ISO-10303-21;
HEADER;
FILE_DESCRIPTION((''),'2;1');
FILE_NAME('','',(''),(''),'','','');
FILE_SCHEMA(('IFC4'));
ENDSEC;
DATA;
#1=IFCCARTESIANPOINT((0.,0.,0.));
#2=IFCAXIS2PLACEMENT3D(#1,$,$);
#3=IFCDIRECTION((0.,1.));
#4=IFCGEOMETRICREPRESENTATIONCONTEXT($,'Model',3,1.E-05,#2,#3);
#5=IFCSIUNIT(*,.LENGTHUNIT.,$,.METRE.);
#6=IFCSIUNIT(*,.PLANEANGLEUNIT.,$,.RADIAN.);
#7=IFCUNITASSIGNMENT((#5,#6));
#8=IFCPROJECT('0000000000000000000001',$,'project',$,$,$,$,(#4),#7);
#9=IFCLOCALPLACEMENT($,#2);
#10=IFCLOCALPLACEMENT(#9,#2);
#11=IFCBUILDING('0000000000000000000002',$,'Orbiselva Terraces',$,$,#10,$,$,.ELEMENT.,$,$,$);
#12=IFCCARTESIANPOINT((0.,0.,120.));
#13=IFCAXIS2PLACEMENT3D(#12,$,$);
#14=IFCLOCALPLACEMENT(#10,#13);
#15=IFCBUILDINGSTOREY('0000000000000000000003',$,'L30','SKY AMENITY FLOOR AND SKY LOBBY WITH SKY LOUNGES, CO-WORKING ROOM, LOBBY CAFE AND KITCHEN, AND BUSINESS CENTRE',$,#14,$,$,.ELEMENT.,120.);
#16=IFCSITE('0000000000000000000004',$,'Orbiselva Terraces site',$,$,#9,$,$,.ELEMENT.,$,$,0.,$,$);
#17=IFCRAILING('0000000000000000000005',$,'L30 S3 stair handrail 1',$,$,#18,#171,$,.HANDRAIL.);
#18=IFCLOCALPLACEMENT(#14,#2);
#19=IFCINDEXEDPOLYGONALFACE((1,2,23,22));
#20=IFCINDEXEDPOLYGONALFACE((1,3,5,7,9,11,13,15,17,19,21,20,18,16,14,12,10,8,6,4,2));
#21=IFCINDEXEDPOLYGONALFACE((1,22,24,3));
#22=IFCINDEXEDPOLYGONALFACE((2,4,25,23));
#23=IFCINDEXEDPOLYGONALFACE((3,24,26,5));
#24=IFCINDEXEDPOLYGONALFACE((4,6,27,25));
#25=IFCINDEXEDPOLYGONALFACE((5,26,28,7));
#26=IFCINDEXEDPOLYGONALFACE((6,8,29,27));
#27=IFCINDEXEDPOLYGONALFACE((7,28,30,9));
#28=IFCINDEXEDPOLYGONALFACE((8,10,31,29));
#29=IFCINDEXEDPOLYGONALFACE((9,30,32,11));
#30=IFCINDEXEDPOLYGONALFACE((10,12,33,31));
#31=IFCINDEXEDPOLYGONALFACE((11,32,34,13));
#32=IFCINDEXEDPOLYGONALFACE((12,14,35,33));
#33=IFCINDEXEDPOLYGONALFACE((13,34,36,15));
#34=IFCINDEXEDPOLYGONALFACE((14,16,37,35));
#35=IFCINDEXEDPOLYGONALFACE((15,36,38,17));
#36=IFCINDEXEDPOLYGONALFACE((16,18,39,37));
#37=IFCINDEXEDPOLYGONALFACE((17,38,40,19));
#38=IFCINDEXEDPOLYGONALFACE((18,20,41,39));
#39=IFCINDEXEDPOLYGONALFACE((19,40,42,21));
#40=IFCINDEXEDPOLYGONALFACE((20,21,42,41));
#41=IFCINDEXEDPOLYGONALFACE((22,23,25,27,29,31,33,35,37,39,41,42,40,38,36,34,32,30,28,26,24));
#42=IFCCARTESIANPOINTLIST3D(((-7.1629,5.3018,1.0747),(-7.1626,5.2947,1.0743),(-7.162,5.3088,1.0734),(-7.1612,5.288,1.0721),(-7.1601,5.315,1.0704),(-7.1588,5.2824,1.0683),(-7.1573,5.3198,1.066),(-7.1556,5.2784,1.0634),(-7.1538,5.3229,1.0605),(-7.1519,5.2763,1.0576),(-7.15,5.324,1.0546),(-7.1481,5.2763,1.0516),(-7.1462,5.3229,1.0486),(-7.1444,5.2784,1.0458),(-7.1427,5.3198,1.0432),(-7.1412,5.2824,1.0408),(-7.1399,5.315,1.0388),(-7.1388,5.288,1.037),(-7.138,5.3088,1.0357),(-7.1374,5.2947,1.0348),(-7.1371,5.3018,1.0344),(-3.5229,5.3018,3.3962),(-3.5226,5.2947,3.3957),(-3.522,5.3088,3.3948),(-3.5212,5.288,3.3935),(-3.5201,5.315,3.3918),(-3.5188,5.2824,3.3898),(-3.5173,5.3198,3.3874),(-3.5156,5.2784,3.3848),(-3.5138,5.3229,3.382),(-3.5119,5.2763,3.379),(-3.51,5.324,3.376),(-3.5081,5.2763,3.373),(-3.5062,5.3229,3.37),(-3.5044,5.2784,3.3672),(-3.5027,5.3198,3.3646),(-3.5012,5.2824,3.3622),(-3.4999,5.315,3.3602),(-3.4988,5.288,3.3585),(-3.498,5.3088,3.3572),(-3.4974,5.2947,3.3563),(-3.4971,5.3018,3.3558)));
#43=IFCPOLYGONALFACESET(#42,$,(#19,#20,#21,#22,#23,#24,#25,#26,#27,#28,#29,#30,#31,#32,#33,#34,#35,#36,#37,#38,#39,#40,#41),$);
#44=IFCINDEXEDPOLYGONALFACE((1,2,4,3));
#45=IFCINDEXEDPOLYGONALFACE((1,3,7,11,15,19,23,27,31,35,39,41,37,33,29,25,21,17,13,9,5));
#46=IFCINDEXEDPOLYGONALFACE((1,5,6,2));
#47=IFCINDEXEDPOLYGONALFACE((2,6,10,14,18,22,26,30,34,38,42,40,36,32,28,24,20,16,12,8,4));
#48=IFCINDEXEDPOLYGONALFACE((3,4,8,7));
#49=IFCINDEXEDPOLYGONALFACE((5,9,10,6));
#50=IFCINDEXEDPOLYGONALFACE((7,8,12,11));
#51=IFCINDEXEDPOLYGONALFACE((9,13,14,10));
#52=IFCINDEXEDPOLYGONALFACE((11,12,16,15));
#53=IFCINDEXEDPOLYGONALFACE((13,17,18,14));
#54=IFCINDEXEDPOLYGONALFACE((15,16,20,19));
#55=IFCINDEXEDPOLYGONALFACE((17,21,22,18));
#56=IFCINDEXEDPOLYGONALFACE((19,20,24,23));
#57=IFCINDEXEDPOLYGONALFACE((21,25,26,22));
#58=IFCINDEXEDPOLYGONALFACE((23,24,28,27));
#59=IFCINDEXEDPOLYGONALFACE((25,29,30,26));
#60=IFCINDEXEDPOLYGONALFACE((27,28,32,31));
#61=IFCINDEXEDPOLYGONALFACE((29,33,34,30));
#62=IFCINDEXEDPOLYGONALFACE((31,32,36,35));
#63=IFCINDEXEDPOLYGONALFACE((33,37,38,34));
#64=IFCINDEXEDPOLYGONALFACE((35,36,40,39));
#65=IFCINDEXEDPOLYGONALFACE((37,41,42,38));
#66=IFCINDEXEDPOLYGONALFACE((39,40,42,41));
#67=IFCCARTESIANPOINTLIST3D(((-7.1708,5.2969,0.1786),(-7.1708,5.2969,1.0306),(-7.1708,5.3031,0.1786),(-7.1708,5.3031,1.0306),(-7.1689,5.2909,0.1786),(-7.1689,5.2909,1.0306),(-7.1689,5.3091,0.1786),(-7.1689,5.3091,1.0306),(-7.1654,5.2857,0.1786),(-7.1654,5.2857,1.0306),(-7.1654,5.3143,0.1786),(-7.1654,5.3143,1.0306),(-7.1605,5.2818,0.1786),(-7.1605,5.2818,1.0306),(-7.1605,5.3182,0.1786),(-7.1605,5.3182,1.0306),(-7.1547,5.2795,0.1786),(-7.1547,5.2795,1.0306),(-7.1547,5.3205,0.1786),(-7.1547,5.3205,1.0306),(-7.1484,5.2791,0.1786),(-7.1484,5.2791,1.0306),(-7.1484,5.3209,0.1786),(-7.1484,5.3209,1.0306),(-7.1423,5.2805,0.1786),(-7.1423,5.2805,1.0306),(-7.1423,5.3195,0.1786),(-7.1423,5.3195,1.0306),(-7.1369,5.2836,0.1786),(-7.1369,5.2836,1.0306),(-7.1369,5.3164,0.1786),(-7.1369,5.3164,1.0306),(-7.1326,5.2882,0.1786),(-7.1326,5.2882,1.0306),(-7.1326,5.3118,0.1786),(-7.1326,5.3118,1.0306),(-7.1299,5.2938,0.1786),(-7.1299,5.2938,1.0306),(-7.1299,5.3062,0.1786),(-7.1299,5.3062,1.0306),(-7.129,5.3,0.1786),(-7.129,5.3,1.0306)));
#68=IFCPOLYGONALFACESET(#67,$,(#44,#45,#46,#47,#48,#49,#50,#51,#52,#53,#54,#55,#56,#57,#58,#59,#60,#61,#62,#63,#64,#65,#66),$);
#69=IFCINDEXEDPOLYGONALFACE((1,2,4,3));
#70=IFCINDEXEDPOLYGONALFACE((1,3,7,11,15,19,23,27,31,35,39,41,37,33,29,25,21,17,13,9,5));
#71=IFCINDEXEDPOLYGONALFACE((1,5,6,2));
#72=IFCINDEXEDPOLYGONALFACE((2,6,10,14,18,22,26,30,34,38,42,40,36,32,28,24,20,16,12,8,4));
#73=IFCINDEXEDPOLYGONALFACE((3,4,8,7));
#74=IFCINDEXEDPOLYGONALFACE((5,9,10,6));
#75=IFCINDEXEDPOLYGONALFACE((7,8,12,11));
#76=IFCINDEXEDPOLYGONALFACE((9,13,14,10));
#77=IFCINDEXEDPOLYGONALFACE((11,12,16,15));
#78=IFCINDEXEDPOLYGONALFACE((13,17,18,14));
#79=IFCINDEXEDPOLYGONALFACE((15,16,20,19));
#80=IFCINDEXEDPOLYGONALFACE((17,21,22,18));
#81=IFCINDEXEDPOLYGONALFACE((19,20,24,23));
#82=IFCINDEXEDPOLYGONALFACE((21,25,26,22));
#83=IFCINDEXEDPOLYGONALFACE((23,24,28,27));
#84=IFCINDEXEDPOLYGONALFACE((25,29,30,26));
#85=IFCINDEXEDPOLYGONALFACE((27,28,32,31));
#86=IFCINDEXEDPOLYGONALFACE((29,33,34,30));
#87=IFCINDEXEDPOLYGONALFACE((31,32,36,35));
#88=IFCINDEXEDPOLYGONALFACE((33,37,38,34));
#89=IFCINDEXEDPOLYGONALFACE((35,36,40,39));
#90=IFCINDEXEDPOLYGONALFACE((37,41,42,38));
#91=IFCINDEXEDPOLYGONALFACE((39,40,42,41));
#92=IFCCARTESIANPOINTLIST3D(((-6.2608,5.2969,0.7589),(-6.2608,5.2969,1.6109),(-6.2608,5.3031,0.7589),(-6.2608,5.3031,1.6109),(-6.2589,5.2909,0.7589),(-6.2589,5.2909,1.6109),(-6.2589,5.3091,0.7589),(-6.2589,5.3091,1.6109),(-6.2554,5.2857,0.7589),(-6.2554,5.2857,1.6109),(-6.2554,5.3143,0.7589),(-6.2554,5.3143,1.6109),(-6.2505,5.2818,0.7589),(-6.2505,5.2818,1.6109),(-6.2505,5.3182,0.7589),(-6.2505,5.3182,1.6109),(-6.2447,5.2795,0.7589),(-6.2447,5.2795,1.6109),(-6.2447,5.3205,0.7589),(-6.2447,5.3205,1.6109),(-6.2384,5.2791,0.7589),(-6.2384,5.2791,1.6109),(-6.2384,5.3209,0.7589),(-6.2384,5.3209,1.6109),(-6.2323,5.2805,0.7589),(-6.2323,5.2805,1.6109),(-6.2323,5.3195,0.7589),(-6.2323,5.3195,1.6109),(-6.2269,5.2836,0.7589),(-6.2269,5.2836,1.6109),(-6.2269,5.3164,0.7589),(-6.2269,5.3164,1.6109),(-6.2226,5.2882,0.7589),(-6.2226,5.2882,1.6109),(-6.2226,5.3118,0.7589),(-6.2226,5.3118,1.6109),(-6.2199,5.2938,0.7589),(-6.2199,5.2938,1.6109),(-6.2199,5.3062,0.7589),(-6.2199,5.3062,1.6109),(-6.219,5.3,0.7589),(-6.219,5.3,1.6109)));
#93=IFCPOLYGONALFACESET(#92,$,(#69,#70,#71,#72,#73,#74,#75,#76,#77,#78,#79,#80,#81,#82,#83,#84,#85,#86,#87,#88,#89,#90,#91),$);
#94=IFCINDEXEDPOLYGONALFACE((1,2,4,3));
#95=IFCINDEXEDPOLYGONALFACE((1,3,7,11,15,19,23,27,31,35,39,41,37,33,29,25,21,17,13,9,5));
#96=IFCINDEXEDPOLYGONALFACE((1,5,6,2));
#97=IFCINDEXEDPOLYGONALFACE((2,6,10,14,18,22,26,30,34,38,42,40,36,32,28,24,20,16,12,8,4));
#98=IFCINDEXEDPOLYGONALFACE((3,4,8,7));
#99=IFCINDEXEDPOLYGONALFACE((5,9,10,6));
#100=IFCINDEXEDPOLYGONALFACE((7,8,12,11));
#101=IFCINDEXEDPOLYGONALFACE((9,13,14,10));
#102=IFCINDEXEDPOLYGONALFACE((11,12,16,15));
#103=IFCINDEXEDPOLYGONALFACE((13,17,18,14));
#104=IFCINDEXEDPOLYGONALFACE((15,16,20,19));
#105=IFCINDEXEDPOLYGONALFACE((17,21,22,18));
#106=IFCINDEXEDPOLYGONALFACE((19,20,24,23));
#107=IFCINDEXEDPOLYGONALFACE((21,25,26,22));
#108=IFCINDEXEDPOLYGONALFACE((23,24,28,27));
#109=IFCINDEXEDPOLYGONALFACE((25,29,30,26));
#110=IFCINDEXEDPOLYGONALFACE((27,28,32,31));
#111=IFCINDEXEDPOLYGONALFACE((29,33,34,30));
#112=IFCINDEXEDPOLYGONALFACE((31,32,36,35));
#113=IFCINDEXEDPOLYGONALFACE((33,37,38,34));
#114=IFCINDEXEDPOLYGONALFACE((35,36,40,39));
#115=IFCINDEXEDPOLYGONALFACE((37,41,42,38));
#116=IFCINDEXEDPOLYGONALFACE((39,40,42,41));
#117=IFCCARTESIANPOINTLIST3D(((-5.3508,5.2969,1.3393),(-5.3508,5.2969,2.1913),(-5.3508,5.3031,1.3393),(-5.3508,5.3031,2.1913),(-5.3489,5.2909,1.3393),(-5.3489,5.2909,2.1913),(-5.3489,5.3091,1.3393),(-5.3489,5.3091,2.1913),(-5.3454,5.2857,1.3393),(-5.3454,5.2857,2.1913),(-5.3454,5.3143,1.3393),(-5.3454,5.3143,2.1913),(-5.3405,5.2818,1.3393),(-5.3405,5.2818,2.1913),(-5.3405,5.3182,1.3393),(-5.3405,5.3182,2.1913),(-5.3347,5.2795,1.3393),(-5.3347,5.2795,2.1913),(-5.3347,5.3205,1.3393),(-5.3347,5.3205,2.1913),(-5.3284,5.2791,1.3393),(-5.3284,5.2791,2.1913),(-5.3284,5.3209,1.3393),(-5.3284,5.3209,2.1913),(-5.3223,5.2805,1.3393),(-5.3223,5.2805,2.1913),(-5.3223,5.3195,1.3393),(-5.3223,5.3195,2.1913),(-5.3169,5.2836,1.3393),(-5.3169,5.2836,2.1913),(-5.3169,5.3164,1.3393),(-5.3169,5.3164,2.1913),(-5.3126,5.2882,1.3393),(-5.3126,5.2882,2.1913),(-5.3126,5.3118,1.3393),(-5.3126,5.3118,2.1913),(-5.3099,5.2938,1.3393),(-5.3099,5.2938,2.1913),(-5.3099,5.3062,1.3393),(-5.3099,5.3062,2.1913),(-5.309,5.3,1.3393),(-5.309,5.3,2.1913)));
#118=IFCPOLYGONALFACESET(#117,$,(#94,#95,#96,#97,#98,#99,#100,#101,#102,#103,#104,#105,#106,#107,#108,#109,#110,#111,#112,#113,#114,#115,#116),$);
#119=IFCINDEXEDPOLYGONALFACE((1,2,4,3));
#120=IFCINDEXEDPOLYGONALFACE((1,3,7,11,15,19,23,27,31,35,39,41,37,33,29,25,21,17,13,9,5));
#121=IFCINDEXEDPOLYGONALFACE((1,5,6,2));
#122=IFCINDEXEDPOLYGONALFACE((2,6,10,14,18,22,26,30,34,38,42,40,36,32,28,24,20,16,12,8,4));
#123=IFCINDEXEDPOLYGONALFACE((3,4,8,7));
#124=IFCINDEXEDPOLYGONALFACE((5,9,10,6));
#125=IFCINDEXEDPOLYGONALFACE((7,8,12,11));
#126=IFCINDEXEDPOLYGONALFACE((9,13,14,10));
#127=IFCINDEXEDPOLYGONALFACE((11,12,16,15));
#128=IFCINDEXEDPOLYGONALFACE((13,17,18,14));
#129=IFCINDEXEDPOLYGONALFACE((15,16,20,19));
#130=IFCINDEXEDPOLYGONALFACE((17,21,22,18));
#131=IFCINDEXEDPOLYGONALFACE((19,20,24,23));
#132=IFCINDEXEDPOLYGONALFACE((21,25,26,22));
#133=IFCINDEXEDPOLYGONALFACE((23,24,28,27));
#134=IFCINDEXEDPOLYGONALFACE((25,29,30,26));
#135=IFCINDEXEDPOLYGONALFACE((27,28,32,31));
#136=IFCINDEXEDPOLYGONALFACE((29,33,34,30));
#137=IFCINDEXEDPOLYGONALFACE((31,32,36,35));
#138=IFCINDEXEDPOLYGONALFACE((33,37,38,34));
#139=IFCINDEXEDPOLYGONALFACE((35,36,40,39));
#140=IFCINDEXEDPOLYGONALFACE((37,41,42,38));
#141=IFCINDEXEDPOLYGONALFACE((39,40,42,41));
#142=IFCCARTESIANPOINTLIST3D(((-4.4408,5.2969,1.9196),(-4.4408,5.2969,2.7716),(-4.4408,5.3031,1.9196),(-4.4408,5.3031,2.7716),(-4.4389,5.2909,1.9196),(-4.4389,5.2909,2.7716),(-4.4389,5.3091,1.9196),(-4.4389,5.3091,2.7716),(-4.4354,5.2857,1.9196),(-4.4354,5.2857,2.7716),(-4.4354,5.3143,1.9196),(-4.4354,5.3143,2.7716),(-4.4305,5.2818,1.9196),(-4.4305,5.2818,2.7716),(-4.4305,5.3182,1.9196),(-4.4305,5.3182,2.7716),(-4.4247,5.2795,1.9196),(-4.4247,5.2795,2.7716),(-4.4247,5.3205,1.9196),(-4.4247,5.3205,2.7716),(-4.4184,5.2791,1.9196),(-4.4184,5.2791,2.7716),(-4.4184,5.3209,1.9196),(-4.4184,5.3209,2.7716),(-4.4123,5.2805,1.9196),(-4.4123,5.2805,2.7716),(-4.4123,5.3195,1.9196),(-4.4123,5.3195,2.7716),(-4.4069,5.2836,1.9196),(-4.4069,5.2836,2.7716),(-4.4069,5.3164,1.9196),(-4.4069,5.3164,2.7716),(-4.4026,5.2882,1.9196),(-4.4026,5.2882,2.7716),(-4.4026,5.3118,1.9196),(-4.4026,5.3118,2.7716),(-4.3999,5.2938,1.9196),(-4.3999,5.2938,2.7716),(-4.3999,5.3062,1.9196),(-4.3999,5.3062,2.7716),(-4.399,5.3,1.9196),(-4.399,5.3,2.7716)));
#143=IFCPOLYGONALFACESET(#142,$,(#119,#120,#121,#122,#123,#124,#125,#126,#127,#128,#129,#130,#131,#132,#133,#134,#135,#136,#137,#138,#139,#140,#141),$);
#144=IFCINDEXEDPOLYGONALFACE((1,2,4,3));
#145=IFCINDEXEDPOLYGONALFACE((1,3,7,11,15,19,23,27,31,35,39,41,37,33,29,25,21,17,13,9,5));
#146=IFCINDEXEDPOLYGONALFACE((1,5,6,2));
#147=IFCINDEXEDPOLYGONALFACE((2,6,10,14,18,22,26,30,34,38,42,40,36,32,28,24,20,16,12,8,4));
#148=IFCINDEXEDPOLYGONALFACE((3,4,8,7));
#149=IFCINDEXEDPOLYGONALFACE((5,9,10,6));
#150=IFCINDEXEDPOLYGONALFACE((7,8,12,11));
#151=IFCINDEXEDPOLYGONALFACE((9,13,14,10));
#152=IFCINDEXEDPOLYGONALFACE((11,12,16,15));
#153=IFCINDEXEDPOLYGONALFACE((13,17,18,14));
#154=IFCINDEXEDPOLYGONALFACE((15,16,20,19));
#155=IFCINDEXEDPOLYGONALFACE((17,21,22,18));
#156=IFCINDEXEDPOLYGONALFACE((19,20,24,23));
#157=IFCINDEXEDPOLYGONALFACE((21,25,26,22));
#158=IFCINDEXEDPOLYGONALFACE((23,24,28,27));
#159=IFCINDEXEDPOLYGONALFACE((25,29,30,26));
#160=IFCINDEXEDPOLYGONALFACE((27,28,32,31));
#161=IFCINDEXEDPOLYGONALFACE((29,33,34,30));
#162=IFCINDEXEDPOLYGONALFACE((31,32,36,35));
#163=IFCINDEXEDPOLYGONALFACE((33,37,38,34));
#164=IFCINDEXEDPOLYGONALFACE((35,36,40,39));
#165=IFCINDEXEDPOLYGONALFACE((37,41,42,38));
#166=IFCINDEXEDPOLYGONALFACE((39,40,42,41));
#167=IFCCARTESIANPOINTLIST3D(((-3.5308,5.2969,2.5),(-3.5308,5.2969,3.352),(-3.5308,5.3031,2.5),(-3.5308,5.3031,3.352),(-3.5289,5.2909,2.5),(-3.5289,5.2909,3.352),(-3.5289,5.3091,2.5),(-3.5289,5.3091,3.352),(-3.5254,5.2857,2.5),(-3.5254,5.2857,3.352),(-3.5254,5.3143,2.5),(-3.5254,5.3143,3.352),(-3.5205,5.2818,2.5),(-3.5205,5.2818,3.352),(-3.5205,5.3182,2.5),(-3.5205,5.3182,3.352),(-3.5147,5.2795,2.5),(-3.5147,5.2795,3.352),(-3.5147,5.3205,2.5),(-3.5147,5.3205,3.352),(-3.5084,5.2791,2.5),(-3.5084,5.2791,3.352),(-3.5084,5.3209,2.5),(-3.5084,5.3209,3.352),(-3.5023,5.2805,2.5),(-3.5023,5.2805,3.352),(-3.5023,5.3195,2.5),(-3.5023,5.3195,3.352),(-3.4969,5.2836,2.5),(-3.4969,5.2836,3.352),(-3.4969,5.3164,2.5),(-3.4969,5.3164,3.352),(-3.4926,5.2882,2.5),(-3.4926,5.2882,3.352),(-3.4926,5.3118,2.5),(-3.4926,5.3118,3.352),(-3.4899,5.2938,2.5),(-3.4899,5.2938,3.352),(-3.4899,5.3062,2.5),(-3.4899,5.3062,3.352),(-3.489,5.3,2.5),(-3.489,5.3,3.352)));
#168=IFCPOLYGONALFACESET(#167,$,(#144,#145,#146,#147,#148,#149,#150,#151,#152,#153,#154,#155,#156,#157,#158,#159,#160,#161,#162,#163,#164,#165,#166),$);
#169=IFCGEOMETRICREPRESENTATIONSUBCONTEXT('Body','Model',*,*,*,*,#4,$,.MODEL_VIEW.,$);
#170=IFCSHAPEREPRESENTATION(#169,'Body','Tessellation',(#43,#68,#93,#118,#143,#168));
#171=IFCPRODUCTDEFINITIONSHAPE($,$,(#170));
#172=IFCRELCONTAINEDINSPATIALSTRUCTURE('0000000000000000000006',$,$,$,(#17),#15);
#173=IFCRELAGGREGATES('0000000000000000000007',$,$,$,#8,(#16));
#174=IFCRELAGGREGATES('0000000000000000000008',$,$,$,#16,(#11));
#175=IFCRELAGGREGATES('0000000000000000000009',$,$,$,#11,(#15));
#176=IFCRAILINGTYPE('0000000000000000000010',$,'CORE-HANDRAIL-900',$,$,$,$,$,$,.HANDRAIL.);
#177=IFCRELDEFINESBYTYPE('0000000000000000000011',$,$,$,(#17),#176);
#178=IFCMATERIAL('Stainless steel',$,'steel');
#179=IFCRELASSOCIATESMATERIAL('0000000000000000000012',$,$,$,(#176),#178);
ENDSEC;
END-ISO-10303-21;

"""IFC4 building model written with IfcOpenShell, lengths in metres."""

from ifc_helpers import new_model, si_unit, direction, frame, origin, origin_2d, place, context, subcontext, project, spatial, circle, extrude, material, type_object, element, save


model = new_model("IFC4")

# Units and contexts
model_context = context("Model", 3, precision=1e-05, world=origin(), true_north=direction((0.0, 1.0)))
body_context = subcontext(model_context, "Body", "Model", "MODEL_VIEW")
ifc_project = project(units=[si_unit("LENGTHUNIT", "METRE"), si_unit("PLANEANGLEUNIT", "RADIAN")], contexts=[model_context])

# Site, building, storey
site_placement = place(None, origin())
site = spatial("IfcSite", under=ifc_project, at=site_placement, Name="Orbiselva Terraces site", CompositionType="ELEMENT", RefElevation=0.0)
building_placement = place(site_placement, origin())
building = spatial("IfcBuilding", under=site, at=building_placement, Name="Orbiselva Terraces", CompositionType="ELEMENT")
storey_placement = place(building_placement, frame((0.0, 0.0, 120.0)))
storey = spatial("IfcBuildingStorey", under=building, at=storey_placement, Name="L30", Description="SKY AMENITY FLOOR AND SKY LOBBY WITH SKY LOUNGES, CO-WORKING ROOM, LOBBY CAFE AND KITCHEN, AND BUSINESS CENTRE", CompositionType="ELEMENT", Elevation=120.0)

# Railing
ifc_material_1 = material(Name="Stainless steel", Category="steel")
railing_type_1 = type_object("IfcRailingType", Name="CORE-HANDRAIL-900", PredefinedType="HANDRAIL", material=ifc_material_1)
railing_1_placement = place(storey_placement, frame((-7.15, 5.3, 0.1786)))
element("IfcRailing", 1, at=railing_1_placement, inside=storey, type_object=railing_type_1, Name="L30 S3 stair handrail 1", PredefinedType="HANDRAIL", context=body_context, shape_type="SweptSolid", body=[
    extrude(circle(Radius=0.024, at=origin_2d()), frame((0.0, 0.0, 0.876), z_axis=(0.84313, 0.0, 0.53771), x_axis=(0.0, 1.0, 0.0)), (0.0, 0.0, 1.0), 4.3172),
    extrude(circle(Radius=0.021, at=origin_2d()), origin(), (0.0, 0.0, 1.0), 0.852),
    extrude(circle(Radius=0.021, at=origin_2d()), frame((0.91, 0.0, 0.5804)), (0.0, 0.0, 1.0), 0.852),
    extrude(circle(Radius=0.021, at=origin_2d()), frame((1.82, 0.0, 1.1607)), (0.0, 0.0, 1.0), 0.852),
    extrude(circle(Radius=0.021, at=origin_2d()), frame((2.73, 0.0, 1.7411)), (0.0, 0.0, 1.0), 0.852),
    extrude(circle(Radius=0.021, at=origin_2d()), frame((3.64, 0.0, 2.3214)), (0.0, 0.0, 1.0), 0.852),
])

save(model, "model.ifc")
